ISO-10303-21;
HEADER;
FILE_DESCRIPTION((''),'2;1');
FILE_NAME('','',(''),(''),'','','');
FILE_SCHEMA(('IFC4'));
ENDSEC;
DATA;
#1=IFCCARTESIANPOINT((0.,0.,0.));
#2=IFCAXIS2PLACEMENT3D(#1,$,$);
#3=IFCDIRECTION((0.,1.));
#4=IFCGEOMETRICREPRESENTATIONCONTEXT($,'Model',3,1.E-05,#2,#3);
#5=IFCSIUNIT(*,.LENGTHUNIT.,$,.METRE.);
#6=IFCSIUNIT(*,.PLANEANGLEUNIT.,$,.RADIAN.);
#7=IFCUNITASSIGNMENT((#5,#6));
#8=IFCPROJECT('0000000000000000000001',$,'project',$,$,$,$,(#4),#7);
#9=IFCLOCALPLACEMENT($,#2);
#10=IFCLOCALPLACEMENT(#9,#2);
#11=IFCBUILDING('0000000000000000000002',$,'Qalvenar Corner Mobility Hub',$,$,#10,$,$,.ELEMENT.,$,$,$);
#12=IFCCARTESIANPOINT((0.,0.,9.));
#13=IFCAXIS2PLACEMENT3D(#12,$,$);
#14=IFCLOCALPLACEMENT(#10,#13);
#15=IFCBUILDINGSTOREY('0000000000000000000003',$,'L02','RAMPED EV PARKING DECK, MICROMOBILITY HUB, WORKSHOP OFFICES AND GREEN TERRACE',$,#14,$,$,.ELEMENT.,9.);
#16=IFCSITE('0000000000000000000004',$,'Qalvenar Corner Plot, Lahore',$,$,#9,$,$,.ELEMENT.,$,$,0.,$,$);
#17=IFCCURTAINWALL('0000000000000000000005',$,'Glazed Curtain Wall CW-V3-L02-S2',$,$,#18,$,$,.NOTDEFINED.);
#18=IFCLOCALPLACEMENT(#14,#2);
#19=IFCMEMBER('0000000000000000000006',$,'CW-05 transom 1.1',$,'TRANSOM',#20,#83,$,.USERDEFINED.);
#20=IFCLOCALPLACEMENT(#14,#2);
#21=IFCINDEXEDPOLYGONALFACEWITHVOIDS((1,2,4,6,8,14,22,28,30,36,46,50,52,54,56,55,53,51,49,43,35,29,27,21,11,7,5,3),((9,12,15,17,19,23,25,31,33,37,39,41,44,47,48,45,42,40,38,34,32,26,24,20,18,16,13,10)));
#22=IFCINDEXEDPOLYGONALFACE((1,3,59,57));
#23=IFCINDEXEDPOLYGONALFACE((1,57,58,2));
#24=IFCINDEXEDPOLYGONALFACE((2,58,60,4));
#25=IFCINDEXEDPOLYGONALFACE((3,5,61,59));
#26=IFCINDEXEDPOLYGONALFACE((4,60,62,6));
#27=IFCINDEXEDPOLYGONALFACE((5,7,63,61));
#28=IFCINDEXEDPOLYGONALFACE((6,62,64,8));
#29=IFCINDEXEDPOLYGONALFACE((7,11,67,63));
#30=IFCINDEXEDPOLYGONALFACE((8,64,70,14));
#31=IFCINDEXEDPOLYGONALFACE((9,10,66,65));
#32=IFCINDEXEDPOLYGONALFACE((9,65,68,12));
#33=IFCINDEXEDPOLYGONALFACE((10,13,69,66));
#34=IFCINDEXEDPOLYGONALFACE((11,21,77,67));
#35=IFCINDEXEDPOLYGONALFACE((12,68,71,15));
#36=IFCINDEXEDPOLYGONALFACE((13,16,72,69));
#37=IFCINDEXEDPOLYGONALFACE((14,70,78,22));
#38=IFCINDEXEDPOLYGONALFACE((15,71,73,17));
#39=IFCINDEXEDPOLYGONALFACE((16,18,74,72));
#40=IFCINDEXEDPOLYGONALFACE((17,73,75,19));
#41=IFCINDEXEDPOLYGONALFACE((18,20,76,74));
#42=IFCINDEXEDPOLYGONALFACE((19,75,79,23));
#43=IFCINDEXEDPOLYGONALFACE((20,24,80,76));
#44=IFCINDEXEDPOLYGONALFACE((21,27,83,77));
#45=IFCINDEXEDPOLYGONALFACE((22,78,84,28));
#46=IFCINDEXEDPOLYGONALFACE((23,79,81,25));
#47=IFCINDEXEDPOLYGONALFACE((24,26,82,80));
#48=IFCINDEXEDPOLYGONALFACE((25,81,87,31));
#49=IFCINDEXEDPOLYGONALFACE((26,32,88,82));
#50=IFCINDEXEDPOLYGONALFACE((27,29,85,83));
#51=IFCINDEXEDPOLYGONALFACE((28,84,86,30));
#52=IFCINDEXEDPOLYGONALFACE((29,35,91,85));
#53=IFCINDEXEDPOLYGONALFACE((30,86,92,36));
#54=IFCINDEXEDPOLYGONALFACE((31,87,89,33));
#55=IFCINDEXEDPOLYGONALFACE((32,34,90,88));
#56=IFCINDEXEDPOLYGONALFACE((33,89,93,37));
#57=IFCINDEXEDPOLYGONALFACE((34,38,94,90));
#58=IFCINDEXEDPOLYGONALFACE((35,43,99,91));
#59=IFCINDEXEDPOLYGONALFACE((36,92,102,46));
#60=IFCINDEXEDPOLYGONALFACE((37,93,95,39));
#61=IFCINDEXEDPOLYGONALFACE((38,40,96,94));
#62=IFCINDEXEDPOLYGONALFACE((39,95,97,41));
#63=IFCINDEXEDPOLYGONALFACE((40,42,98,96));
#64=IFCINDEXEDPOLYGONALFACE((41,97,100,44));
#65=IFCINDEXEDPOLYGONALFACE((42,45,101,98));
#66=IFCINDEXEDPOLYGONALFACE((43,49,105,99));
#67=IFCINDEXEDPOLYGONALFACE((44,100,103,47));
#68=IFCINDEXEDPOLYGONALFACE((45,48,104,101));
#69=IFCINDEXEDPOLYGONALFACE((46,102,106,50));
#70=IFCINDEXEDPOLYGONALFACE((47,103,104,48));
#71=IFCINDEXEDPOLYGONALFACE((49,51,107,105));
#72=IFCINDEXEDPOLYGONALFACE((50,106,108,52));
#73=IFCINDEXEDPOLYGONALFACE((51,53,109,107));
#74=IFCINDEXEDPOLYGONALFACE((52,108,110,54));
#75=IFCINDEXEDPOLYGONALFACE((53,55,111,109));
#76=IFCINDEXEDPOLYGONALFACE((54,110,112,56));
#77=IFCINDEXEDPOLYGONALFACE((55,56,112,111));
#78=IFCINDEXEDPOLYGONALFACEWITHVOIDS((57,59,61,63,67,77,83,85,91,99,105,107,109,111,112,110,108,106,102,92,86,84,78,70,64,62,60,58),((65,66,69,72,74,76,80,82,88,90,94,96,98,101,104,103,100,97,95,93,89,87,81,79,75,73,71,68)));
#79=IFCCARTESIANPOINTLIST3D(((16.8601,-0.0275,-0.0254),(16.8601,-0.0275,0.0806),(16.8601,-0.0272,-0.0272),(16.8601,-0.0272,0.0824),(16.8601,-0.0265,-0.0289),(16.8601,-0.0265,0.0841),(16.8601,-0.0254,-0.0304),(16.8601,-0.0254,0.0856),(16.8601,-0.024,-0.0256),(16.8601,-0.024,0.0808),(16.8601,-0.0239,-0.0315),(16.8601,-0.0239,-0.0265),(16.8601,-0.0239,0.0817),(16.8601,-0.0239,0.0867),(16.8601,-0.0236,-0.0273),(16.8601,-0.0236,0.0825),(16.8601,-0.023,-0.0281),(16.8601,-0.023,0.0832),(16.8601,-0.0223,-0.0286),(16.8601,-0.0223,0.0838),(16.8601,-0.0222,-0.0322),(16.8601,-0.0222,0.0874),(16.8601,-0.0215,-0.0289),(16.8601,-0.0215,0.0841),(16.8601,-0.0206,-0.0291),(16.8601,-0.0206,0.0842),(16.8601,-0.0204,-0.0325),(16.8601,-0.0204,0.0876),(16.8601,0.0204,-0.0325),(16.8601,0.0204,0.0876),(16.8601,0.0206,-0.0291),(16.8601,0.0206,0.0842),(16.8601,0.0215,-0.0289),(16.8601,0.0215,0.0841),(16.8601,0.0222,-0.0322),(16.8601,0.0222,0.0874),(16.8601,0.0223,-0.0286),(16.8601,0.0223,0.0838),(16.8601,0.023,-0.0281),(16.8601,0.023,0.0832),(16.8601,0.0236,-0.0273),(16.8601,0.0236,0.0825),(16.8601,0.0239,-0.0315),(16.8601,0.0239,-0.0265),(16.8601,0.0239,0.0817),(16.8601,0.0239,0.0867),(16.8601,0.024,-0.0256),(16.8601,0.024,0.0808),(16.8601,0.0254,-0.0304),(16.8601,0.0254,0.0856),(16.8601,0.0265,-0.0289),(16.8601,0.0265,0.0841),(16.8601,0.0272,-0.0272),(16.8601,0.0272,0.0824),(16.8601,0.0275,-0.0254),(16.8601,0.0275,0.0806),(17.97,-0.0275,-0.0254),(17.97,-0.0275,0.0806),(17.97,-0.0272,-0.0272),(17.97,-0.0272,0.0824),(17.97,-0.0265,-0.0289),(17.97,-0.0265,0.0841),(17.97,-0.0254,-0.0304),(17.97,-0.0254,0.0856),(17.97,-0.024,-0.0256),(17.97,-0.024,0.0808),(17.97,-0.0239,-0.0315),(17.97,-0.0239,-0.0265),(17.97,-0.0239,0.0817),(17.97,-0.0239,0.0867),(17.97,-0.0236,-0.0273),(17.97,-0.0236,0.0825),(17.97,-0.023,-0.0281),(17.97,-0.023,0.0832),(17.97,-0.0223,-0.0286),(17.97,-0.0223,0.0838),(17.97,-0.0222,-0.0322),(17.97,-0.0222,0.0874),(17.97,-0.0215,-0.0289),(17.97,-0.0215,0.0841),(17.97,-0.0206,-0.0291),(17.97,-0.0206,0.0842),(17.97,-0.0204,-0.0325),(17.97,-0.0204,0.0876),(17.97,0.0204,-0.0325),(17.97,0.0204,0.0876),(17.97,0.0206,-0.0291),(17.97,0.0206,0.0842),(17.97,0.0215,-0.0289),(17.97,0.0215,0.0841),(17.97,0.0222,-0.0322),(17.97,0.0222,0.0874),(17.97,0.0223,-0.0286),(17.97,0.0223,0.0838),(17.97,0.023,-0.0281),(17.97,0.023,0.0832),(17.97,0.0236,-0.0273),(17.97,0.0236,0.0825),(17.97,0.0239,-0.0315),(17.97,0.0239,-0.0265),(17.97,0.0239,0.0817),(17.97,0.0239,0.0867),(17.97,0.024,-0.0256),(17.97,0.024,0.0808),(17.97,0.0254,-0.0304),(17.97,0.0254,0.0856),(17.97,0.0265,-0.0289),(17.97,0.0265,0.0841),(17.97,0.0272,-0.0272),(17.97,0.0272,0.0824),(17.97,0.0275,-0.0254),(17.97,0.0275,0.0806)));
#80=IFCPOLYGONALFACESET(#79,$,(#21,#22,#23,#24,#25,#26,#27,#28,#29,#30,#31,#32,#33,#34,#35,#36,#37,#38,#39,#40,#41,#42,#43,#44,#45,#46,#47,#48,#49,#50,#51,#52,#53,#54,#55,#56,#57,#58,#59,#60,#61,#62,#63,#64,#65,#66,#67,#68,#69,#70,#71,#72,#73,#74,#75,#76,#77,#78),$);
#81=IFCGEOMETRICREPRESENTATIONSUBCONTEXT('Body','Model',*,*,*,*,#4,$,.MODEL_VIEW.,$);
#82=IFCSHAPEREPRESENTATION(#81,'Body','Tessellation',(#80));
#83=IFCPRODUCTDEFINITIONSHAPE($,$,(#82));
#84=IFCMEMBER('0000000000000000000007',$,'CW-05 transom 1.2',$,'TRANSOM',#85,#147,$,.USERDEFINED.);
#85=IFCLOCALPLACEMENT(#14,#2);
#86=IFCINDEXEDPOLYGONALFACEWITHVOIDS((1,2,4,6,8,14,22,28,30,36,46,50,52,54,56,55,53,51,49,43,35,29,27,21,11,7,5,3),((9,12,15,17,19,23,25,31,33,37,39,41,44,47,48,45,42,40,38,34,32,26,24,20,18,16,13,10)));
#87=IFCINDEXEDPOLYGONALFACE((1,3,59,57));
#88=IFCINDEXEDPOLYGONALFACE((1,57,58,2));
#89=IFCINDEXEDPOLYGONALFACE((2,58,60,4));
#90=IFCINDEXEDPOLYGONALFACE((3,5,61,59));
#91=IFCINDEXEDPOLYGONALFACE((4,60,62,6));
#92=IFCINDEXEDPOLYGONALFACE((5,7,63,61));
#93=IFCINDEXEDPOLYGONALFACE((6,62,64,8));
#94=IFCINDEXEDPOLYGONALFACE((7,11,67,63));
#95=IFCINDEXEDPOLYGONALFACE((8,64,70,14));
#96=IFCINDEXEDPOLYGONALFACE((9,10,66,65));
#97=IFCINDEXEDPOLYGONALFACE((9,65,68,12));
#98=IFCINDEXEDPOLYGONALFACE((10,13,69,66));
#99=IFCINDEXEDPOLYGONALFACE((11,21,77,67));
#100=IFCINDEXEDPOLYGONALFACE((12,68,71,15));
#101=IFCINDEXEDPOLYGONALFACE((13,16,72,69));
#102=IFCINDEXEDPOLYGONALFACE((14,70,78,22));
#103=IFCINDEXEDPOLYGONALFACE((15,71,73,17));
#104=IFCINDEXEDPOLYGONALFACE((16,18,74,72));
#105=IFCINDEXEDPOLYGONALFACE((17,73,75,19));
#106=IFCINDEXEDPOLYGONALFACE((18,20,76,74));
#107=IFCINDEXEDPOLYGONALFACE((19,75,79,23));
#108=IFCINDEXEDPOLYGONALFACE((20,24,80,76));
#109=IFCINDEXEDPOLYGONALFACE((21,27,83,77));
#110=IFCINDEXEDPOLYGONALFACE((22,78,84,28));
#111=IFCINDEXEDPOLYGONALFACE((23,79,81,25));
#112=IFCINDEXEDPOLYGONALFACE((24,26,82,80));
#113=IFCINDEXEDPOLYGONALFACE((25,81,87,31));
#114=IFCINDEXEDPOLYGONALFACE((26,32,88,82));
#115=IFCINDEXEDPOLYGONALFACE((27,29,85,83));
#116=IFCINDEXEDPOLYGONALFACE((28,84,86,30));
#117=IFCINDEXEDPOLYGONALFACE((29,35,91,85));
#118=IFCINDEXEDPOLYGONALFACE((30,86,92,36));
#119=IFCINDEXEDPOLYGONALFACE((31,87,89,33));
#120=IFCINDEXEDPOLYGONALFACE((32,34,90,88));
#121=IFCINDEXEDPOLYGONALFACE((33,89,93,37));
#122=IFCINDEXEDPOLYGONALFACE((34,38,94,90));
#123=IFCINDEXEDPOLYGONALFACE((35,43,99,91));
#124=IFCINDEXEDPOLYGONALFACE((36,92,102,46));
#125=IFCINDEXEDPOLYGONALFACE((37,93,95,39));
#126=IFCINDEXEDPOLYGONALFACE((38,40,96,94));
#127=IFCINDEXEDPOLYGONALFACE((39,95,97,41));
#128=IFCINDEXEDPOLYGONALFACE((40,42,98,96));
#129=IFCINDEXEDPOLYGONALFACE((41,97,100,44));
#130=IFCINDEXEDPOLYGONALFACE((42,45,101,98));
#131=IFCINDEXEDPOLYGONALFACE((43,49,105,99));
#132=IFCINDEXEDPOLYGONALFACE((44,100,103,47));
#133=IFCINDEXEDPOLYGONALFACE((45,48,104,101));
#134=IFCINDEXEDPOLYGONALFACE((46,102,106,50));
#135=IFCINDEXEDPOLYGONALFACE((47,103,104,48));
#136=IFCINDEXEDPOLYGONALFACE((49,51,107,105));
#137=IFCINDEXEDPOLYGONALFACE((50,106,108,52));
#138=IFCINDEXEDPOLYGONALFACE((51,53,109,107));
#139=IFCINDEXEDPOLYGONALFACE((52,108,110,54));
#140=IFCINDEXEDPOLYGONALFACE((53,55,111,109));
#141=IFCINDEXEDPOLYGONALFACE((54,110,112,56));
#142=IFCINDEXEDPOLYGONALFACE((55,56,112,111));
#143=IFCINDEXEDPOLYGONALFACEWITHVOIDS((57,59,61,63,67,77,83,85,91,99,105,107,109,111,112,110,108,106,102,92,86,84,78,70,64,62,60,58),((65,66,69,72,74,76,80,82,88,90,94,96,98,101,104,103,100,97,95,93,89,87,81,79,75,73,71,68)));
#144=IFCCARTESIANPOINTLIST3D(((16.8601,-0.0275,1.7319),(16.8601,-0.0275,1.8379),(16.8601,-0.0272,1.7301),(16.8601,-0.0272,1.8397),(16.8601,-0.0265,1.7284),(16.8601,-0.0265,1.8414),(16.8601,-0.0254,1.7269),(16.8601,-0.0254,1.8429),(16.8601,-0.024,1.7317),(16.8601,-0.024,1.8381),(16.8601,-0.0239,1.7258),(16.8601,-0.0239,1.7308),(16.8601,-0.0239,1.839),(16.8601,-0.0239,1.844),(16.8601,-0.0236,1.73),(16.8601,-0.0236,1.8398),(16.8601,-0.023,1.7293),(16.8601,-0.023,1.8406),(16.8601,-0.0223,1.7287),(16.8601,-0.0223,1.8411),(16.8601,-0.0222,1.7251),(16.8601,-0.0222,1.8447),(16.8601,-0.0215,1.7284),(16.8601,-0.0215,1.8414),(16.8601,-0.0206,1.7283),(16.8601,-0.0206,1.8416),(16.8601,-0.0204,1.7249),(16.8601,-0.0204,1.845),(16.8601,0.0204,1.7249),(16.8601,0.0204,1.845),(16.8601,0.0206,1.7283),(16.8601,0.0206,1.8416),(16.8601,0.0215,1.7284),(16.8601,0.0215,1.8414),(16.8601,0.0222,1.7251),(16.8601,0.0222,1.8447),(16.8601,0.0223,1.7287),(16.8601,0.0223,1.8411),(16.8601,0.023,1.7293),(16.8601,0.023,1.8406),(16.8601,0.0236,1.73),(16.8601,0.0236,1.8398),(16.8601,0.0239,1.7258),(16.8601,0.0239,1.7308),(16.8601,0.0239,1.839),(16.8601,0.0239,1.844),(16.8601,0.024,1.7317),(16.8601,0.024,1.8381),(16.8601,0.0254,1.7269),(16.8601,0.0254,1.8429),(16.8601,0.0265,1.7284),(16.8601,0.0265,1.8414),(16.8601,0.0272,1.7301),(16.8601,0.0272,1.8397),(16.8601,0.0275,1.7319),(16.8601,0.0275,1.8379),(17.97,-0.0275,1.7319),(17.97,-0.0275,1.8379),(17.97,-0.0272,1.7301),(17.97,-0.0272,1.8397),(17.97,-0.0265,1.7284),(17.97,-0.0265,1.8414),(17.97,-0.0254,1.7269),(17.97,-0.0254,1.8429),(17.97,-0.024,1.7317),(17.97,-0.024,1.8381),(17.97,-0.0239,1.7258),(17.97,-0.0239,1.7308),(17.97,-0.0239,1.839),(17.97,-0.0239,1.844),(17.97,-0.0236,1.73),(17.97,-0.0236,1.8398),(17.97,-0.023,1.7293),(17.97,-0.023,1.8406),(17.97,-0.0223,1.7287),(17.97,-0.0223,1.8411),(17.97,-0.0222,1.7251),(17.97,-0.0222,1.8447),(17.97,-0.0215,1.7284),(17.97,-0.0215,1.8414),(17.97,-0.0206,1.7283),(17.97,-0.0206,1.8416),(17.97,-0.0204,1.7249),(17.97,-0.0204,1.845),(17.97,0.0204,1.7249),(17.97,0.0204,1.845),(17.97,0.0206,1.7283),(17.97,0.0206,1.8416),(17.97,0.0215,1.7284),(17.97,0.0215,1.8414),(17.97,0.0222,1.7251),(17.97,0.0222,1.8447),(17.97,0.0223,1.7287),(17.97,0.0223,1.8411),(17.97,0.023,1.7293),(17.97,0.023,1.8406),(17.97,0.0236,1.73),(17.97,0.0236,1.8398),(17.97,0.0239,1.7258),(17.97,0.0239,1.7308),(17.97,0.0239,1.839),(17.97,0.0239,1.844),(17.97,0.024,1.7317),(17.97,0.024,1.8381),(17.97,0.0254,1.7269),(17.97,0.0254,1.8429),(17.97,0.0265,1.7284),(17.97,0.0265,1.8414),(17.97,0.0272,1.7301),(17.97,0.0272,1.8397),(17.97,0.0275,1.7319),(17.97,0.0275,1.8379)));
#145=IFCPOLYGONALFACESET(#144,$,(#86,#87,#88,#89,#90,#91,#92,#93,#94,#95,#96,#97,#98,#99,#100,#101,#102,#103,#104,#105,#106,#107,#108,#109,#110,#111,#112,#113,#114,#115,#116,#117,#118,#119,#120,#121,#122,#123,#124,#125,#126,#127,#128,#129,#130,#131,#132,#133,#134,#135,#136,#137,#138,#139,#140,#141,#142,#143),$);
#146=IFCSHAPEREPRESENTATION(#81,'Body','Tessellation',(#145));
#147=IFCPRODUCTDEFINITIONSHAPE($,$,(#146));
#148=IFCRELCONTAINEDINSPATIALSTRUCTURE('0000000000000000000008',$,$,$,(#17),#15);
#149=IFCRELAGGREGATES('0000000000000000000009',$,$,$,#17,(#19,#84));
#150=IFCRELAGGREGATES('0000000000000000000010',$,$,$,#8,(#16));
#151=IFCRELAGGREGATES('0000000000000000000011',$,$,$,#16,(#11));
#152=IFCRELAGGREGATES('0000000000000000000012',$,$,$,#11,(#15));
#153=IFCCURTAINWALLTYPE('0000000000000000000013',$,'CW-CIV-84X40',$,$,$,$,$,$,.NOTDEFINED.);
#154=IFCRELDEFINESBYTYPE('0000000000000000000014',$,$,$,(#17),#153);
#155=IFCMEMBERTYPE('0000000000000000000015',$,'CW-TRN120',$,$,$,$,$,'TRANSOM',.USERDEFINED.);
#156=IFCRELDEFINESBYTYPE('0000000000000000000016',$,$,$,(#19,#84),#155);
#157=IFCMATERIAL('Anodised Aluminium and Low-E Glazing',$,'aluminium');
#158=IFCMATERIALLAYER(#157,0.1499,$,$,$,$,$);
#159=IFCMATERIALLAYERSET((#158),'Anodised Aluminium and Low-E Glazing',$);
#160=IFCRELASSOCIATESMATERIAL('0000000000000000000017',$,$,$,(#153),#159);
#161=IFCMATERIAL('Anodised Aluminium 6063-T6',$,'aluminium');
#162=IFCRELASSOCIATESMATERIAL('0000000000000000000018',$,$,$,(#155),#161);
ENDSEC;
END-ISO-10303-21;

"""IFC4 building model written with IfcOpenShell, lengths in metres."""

from ifc_helpers import new_model, si_unit, direction, frame, origin, origin_2d, place, context, subcontext, project, spatial, hollow_rectangle, extrude, material, layer, layer_set, material_profile, profile_set, type_object, element, aggregate, save


model = new_model("IFC4")

# Units and contexts
model_context = context("Model", 3, precision=1e-05, world=origin(), true_north=direction((0.0, 1.0)))
body_context = subcontext(model_context, "Body", "Model", "MODEL_VIEW")
ifc_project = project(units=[si_unit("LENGTHUNIT", "METRE"), si_unit("PLANEANGLEUNIT", "RADIAN")], contexts=[model_context])

# Site, building, storey
site_placement = place(None, origin())
site = spatial("IfcSite", under=ifc_project, at=site_placement, Name="Qalvenar Corner Plot, Lahore", CompositionType="ELEMENT", RefElevation=0.0)
building_placement = place(site_placement, origin())
building = spatial("IfcBuilding", under=site, at=building_placement, Name="Qalvenar Corner Mobility Hub", CompositionType="ELEMENT")
storey_placement = place(building_placement, frame((0.0, 0.0, 9.0)))
storey = spatial("IfcBuildingStorey", under=building, at=storey_placement, Name="L02", Description="RAMPED EV PARKING DECK, MICROMOBILITY HUB, WORKSHOP OFFICES AND GREEN TERRACE", CompositionType="ELEMENT", Elevation=9.0)

# Curtain wall, members
ifc_material_1 = material(Name="Anodised Aluminium and Low-E Glazing", Category="aluminium")
ifc_layer_1 = layer(ifc_material_1, 0.1499)
ifc_layer_set_1 = layer_set([ifc_layer_1], Name="Anodised Aluminium and Low-E Glazing")
curtain_wall_type = type_object("IfcCurtainWallType", Name="CW-CIV-84X40", PredefinedType="NOTDEFINED", material=ifc_layer_set_1)
curtain_wall_placement = place(storey_placement, origin())
curtain_wall = element("IfcCurtainWall", 1, at=curtain_wall_placement, inside=storey, type_object=curtain_wall_type, Name="Glazed Curtain Wall CW-V3-L02-S2", PredefinedType="NOTDEFINED")
ifc_material_2 = material(Name="Anodised Aluminium 6063-T6", Category="aluminium")
ifc_material_profile_1 = material_profile(ifc_material_2, hollow_rectangle(XDim=0.0549, YDim=0.1201, WallThickness=0.0034, InnerFilletRadius=0.0034, OuterFilletRadius=0.0071, at=origin_2d()), Name="RHS120x55x3.5")
ifc_profile_set_1 = profile_set([ifc_material_profile_1], Name="Anodised Aluminium 6063-T6")
member_type_1 = type_object("IfcMemberType", Name="CW-TRN120", ElementType="TRANSOM", PredefinedType="USERDEFINED", material=ifc_profile_set_1)
member_1_placement = place(storey_placement, frame((16.8601, 0.0, 0.0276), z_axis=(1.0, 0.0, 0.0), x_axis=(0.0, 1.0, 0.0)))
member_1 = element("IfcMember", 2, at=member_1_placement, type_object=member_type_1, Name="CW-05 transom 1.1", ObjectType="TRANSOM", PredefinedType="USERDEFINED", context=body_context, shape_type="SweptSolid", body=[
    extrude(hollow_rectangle(XDim=0.0549, YDim=0.1201, WallThickness=0.0034, InnerFilletRadius=0.0034, OuterFilletRadius=0.0071, at=origin_2d()), origin(), (0.0, 0.0, 1.0), 1.1099),
])
member_2_placement = place(storey_placement, frame((16.8601, 0.0, 1.7849), z_axis=(1.0, 0.0, 0.0), x_axis=(0.0, 1.0, 0.0)))
member_2 = element("IfcMember", 3, at=member_2_placement, type_object=member_type_1, Name="CW-05 transom 1.2", ObjectType="TRANSOM", PredefinedType="USERDEFINED", context=body_context, shape_type="SweptSolid", body=[
    extrude(hollow_rectangle(XDim=0.0549, YDim=0.1201, WallThickness=0.0034, InnerFilletRadius=0.0034, OuterFilletRadius=0.0071, at=origin_2d()), origin(), (0.0, 0.0, 1.0), 1.1099),
])
aggregate(curtain_wall, [member_1, member_2])

save(model, "model.ifc")
